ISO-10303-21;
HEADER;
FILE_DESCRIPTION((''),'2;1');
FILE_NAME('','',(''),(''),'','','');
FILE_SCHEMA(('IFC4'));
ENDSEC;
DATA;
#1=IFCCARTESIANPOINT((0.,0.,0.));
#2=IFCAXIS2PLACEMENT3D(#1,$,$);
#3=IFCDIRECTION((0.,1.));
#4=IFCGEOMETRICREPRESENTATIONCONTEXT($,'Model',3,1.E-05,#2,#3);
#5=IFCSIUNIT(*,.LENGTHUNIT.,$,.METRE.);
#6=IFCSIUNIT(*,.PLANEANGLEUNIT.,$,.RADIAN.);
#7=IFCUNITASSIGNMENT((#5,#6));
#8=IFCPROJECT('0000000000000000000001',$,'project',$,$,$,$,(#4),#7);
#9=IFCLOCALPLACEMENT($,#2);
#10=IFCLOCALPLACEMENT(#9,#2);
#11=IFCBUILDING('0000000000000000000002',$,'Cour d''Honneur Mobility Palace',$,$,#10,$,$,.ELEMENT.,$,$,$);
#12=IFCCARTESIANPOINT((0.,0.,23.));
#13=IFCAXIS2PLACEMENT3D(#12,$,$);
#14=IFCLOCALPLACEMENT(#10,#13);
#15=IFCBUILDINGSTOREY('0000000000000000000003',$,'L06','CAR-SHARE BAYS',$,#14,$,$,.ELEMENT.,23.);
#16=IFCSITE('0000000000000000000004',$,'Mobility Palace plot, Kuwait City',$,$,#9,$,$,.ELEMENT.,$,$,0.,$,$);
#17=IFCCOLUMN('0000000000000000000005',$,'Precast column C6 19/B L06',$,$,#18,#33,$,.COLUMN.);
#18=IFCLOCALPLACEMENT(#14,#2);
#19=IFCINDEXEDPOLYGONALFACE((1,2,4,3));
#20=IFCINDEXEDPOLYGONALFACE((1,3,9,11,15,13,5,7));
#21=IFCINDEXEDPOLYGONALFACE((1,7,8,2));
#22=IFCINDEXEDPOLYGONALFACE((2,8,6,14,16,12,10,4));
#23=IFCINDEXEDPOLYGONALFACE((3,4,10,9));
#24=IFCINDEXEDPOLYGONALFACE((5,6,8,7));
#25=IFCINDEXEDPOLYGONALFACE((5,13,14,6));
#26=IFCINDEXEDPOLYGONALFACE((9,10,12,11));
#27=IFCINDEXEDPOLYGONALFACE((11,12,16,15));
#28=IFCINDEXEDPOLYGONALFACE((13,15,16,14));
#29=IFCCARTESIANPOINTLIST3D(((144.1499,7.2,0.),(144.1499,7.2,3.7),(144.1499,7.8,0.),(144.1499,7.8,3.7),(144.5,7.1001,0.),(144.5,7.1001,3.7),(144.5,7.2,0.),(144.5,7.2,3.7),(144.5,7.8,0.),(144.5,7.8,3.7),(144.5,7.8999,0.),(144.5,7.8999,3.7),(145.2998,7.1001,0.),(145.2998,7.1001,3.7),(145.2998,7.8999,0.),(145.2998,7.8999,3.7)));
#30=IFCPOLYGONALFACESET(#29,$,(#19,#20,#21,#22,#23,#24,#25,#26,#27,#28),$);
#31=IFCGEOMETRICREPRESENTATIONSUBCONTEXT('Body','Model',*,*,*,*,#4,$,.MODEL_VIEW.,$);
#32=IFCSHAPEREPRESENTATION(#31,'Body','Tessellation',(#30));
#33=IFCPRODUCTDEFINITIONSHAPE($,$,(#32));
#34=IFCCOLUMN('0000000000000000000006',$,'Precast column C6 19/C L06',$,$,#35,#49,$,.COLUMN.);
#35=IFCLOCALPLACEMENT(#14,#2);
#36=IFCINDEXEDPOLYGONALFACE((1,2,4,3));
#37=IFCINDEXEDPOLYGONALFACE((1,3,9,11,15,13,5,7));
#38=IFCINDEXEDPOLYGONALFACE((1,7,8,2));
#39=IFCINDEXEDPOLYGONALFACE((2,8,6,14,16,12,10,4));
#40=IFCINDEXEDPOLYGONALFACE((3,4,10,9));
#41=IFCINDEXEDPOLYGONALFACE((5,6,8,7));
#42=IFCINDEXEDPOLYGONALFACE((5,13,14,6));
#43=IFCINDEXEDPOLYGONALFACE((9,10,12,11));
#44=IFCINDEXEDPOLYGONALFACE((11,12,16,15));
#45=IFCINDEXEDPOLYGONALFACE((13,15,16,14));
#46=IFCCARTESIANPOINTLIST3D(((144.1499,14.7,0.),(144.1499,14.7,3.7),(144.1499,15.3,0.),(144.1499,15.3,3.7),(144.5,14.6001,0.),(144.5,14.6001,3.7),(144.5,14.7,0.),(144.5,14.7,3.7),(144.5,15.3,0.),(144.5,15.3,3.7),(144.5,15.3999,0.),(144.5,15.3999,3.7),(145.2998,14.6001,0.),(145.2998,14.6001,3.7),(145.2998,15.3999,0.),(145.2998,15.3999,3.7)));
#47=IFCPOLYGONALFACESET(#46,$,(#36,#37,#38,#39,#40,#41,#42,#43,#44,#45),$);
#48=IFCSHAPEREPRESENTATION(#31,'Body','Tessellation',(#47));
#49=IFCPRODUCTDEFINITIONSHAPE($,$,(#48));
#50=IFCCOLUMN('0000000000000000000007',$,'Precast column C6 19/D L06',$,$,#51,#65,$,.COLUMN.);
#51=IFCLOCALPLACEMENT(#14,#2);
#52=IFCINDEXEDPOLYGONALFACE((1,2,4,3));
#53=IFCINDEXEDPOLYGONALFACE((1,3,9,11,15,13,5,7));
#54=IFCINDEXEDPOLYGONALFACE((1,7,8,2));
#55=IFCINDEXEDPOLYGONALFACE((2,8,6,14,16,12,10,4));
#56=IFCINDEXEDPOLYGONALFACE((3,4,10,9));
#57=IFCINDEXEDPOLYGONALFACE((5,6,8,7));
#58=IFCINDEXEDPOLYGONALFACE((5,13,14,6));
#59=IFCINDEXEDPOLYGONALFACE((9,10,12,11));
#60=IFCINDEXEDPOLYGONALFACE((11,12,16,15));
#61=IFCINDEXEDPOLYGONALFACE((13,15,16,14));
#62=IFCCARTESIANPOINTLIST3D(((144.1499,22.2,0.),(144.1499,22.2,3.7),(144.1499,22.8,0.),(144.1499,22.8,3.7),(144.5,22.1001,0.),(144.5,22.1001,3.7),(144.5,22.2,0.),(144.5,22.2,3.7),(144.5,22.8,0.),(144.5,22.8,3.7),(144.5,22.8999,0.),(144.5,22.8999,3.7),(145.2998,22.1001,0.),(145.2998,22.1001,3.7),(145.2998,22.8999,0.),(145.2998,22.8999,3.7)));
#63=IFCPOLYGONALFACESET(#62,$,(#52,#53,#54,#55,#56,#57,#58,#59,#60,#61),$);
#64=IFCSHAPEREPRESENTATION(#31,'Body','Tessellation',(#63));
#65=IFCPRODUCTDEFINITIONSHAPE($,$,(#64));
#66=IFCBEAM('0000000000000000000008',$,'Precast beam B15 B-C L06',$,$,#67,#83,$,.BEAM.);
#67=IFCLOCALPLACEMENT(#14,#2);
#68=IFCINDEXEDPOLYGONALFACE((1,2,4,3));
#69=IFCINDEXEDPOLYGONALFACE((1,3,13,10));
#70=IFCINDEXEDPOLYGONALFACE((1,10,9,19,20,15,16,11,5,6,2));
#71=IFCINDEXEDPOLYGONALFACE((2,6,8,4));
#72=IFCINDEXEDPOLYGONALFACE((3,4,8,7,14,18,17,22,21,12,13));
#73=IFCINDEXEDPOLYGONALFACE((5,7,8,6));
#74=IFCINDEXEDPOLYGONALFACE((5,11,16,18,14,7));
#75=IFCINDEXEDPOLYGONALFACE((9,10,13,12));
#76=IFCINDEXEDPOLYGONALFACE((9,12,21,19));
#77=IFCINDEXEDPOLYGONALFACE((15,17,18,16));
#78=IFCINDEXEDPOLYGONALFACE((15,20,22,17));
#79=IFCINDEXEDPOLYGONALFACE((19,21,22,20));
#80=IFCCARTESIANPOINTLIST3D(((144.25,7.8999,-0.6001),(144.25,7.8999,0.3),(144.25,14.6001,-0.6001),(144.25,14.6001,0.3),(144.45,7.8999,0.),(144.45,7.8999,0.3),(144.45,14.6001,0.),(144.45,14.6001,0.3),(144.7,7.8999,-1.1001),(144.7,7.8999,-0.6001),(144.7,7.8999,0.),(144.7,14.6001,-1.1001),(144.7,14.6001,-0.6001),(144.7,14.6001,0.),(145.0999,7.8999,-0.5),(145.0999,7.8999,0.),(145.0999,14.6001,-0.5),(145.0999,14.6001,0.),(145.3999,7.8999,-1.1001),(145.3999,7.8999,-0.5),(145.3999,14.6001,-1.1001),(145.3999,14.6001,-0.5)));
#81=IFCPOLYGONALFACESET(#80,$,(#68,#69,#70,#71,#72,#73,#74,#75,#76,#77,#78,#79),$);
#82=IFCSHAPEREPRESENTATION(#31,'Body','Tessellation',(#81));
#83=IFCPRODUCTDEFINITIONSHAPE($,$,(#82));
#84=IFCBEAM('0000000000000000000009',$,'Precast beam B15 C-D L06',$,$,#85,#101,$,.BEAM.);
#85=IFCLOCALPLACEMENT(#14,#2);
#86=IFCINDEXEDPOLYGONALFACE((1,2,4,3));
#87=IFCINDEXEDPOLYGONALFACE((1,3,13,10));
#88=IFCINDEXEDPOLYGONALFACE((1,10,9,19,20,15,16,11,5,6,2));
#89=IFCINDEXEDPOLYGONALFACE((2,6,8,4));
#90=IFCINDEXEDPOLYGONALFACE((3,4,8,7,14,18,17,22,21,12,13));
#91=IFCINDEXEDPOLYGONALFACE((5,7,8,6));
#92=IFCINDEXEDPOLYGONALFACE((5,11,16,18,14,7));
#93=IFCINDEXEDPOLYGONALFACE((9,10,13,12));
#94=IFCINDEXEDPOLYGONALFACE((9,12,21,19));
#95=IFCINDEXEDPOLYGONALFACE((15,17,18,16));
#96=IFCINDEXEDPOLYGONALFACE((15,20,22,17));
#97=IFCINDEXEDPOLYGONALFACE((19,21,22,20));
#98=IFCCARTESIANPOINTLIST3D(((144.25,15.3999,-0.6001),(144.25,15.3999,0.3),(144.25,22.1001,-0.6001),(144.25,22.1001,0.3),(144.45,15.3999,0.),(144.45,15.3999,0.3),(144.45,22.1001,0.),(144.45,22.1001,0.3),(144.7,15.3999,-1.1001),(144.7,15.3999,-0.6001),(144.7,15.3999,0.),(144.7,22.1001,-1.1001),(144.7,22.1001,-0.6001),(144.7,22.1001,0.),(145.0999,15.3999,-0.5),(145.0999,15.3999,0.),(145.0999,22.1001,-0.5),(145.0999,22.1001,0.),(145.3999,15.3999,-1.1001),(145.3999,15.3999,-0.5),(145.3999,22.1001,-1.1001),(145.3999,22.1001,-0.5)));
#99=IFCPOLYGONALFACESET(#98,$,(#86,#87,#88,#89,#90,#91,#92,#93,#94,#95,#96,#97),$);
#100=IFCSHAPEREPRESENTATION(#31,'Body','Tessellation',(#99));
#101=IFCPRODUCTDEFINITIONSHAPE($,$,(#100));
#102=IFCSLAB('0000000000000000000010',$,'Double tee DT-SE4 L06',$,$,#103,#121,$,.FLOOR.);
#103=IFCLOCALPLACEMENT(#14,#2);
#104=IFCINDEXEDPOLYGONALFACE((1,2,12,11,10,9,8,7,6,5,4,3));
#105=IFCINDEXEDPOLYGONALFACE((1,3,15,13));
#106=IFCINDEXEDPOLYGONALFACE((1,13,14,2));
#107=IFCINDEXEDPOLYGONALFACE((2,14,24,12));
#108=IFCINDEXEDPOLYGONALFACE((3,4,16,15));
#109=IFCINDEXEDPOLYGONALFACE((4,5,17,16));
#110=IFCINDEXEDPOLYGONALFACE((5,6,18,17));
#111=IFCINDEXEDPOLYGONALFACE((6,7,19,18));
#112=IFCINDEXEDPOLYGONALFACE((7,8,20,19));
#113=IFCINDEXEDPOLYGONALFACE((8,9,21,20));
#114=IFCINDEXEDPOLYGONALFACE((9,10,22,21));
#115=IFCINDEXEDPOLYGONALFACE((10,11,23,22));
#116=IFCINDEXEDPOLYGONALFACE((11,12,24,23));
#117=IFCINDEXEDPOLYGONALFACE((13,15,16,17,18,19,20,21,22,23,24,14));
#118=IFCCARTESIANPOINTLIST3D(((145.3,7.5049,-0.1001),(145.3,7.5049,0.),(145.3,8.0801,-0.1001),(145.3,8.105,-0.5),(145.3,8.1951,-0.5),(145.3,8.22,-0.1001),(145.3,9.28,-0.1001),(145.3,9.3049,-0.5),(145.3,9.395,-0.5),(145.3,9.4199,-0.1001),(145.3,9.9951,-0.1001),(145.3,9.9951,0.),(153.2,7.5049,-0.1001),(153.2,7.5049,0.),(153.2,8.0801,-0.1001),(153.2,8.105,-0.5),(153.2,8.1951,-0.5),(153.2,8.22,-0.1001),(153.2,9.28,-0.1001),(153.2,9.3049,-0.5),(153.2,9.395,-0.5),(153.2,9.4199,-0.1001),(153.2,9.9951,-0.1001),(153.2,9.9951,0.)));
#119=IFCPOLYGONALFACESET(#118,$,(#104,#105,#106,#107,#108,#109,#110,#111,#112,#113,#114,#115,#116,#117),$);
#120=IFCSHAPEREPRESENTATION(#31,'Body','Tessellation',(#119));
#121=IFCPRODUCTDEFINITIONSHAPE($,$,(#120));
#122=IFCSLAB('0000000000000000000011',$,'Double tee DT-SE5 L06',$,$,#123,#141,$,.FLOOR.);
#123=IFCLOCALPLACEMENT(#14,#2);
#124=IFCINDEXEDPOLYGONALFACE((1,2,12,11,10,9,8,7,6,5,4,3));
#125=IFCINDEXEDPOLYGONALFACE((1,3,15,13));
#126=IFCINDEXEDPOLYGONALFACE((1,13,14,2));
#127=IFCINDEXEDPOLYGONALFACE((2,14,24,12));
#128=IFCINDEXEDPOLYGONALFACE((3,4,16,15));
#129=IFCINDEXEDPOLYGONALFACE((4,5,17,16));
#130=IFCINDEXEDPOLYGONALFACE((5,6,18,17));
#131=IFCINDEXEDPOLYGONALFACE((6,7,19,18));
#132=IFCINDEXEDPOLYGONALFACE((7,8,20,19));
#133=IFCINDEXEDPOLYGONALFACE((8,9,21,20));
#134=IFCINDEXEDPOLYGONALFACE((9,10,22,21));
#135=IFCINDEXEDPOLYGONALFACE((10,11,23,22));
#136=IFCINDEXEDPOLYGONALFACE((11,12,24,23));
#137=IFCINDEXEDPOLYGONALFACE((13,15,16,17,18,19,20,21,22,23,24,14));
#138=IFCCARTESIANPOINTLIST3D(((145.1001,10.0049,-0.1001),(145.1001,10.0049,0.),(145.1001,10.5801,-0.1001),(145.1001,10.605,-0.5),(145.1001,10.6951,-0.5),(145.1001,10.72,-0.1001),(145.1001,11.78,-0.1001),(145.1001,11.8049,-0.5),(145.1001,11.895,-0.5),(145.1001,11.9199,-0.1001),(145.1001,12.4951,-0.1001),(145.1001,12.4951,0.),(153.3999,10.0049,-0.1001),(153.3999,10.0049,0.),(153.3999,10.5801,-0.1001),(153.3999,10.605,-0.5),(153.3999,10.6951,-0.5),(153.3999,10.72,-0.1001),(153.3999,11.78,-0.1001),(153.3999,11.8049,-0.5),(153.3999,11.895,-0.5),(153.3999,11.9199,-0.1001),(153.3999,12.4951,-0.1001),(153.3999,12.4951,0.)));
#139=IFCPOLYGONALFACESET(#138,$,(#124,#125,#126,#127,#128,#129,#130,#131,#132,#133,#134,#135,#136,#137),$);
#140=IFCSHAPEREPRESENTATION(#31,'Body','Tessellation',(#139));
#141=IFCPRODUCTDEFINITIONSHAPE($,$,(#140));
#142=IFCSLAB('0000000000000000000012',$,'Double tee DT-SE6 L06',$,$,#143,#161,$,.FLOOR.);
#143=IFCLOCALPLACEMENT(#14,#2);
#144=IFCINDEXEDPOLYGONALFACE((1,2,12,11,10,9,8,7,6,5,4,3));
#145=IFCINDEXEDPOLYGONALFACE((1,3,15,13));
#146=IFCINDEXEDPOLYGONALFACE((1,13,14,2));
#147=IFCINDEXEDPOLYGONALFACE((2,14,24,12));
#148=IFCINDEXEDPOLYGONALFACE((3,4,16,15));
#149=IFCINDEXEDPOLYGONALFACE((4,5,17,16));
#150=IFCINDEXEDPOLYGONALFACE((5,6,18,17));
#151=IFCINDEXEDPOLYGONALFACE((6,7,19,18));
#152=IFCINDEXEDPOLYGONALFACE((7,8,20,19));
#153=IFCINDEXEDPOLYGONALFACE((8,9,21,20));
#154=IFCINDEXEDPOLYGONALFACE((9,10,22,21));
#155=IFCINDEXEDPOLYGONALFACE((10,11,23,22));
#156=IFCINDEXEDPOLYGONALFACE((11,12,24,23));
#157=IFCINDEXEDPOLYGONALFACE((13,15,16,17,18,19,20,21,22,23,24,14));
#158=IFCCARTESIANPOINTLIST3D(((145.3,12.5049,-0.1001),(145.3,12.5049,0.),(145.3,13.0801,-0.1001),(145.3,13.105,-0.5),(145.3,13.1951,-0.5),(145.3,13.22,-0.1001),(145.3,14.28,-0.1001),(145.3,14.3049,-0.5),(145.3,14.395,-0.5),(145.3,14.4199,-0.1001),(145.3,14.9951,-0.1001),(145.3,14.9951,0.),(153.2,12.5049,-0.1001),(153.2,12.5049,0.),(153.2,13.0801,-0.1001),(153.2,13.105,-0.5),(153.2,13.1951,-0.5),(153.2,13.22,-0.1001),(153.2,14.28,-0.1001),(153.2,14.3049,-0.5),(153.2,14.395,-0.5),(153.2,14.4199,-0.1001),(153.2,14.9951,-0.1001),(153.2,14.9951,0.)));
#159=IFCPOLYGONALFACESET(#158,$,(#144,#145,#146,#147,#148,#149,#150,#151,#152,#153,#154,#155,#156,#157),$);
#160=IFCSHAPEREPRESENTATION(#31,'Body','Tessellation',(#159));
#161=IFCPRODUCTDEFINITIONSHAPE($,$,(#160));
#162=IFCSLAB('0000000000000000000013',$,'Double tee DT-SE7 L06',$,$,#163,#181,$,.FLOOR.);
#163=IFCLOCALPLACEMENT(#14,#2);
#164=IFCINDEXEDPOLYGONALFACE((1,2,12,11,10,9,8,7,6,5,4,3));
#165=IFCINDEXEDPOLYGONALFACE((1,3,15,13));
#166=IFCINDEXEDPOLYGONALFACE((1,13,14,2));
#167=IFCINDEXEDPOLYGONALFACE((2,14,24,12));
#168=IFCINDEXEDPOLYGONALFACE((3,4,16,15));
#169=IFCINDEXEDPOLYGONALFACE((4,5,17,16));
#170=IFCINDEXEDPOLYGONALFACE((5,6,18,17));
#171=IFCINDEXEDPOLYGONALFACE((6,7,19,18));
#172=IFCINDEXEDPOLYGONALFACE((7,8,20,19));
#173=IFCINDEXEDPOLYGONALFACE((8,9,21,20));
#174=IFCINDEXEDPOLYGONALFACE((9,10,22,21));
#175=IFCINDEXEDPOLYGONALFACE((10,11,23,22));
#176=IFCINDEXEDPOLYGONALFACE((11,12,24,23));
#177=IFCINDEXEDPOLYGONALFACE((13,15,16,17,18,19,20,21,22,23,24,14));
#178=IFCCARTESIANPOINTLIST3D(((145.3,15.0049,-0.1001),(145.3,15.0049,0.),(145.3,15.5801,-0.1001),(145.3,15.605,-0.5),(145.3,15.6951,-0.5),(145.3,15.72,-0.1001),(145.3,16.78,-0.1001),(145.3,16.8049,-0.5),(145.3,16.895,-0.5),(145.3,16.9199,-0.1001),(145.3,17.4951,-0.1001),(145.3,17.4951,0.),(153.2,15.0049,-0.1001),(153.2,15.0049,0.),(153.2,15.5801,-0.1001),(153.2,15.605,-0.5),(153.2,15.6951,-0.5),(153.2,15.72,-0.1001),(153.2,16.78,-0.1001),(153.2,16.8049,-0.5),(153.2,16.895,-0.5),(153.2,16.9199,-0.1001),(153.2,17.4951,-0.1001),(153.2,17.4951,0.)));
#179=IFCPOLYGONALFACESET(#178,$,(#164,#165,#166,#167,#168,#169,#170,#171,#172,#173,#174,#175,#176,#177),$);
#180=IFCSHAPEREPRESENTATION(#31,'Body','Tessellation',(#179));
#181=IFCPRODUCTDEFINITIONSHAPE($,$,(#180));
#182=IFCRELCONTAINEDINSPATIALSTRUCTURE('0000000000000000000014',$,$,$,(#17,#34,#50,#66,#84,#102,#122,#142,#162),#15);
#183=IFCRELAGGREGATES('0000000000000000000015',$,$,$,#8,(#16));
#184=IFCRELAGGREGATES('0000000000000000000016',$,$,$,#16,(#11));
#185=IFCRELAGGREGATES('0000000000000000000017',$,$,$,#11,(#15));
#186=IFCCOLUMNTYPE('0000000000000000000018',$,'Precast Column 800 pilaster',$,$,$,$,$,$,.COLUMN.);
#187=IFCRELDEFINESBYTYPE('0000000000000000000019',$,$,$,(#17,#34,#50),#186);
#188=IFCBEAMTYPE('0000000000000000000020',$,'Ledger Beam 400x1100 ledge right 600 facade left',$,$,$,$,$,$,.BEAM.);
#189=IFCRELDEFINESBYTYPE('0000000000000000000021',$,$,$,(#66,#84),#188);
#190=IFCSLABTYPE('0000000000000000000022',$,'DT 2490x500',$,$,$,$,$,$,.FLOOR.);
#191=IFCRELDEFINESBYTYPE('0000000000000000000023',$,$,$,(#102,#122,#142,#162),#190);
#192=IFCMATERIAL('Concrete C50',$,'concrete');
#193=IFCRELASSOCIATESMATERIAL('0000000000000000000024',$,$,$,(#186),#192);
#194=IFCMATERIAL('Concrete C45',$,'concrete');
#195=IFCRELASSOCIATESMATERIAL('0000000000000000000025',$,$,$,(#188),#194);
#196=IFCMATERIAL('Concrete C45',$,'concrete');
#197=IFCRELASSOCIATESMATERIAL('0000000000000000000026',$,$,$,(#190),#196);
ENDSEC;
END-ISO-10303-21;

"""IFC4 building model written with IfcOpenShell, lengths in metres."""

from ifc_helpers import new_model, si_unit, direction, frame, origin, place, context, subcontext, project, spatial, polyline, outline, extrude, material, material_profile, profile_set, type_object, element, save


model = new_model("IFC4")

# Units and contexts
model_context = context("Model", 3, precision=1e-05, world=origin(), true_north=direction((0.0, 1.0)))
body_context = subcontext(model_context, "Body", "Model", "MODEL_VIEW")
ifc_project = project(units=[si_unit("LENGTHUNIT", "METRE"), si_unit("PLANEANGLEUNIT", "RADIAN")], contexts=[model_context])

# Site, building, storey
site_placement = place(None, origin())
site = spatial("IfcSite", under=ifc_project, at=site_placement, Name="Mobility Palace plot, Kuwait City", CompositionType="ELEMENT", RefElevation=0.0)
building_placement = place(site_placement, origin())
building = spatial("IfcBuilding", under=site, at=building_placement, Name="Cour d'Honneur Mobility Palace", CompositionType="ELEMENT")
storey_placement = place(building_placement, frame((0.0, 0.0, 23.0)))
storey = spatial("IfcBuildingStorey", under=building, at=storey_placement, Name="L06", Description="CAR-SHARE BAYS", CompositionType="ELEMENT", Elevation=23.0)

# Columns
ifc_material_1 = material(Name="Concrete C50", Category="concrete")
ifc_material_profile_1 = material_profile(ifc_material_1, outline(polyline([(-0.3999, -0.3999), (0.3999, -0.3999), (0.3999, -0.3), (0.75, -0.3), (0.75, 0.3), (0.3999, 0.3), (0.3999, 0.3999), (-0.3999, 0.3999), (-0.3999, -0.3999)])), Name="PC C800 pilaster")
ifc_profile_set_1 = profile_set([ifc_material_profile_1], Name="Concrete C50")
column_type = type_object("IfcColumnType", Name="Precast Column 800 pilaster", PredefinedType="COLUMN", material=ifc_profile_set_1)
for number, where, z_axis, x_axis, name in (
    (1, (144.8999, 7.5, 0.0), (0.0, 0.0, 1.0), (-1.0, 0.0, 0.0), "Precast column C6 19/B L06"),
    (2, (144.8999, 15.0, 0.0), (0.0, 0.0, 1.0), (-1.0, 0.0, 0.0), "Precast column C6 19/C L06"),
    (3, (144.8999, 22.5, 0.0), (0.0, 0.0, 1.0), (-1.0, 0.0, 0.0), "Precast column C6 19/D L06"),
):
    element("IfcColumn", number, at=place(storey_placement, frame(where, z_axis=z_axis, x_axis=x_axis)), inside=storey, type_object=column_type, Name=name, PredefinedType="COLUMN", context=body_context, shape_type="SweptSolid", body=[
        extrude(outline(polyline([(-0.3999, -0.3999), (0.3999, -0.3999), (0.3999, -0.3), (0.75, -0.3), (0.75, 0.3), (0.3999, 0.3), (0.3999, 0.3999), (-0.3999, 0.3999), (-0.3999, -0.3999)])), origin(), (0.0, 0.0, 1.0), 3.7),
    ])

# Beams
ifc_material_2 = material(Name="Concrete C45", Category="concrete")
ifc_material_profile_2 = material_profile(ifc_material_2, outline(polyline([(0.2, -1.1001), (0.2, -0.6001), (0.6499, -0.6001), (0.6499, 0.3), (0.45, 0.3), (0.45, 0.0), (0.2, 0.0), (-0.2, 0.0), (-0.2, -0.5), (-0.5, -0.5), (-0.5, -1.1001), (0.2, -1.1001)])), Name="Ledger Beam 400x1100 ledge right 600 facade left")
ifc_profile_set_2 = profile_set([ifc_material_profile_2], Name="Concrete C45")
beam_type = type_object("IfcBeamType", Name="Ledger Beam 400x1100 ledge right 600 facade left", PredefinedType="BEAM", material=ifc_profile_set_2)
for number, where, z_axis, x_axis, name in (
    (4, (144.8999, 7.8999, 0.0), (0.0, 1.0, 0.0), (-1.0, 0.0, 0.0), "Precast beam B15 B-C L06"),
    (5, (144.8999, 15.3999, 0.0), (0.0, 1.0, 0.0), (-1.0, 0.0, 0.0), "Precast beam B15 C-D L06"),
):
    element("IfcBeam", number, at=place(storey_placement, frame(where, z_axis=z_axis, x_axis=x_axis)), inside=storey, type_object=beam_type, Name=name, PredefinedType="BEAM", context=body_context, shape_type="SweptSolid", body=[
        extrude(outline(polyline([(0.2, -1.1001), (0.2, -0.6001), (0.6499, -0.6001), (0.6499, 0.3), (0.45, 0.3), (0.45, 0.0), (0.2, 0.0), (-0.2, 0.0), (-0.2, -0.5), (-0.5, -0.5), (-0.5, -1.1001), (0.2, -1.1001)])), origin(), (0.0, 0.0, 1.0), 6.7002),
    ])

# Slabs
ifc_material_3 = material(Name="Concrete C45", Category="concrete")
ifc_material_profile_3 = material_profile(ifc_material_3, outline(polyline([(-1.2451, 0.0), (1.2451, 0.0), (1.2451, -0.1001), (0.6699, -0.1001), (0.645, -0.5), (0.5549, -0.5), (0.53, -0.1001), (-0.53, -0.1001), (-0.5549, -0.5), (-0.645, -0.5), (-0.6699, -0.1001), (-1.2451, -0.1001), (-1.2451, 0.0)])), Name="DT 2490x500")
ifc_profile_set_3 = profile_set([ifc_material_profile_3], Name="Concrete C45")
slab_type = type_object("IfcSlabType", Name="DT 2490x500", PredefinedType="FLOOR", material=ifc_profile_set_3)
slab_1_placement = place(storey_placement, frame((145.3, 8.75, 0.0), z_axis=(1.0, 0.0, 0.0), x_axis=(0.0, 1.0, 0.0)))
element("IfcSlab", 6, at=slab_1_placement, inside=storey, type_object=slab_type, Name="Double tee DT-SE4 L06", PredefinedType="FLOOR", context=body_context, shape_type="SweptSolid", body=[
    extrude(outline(polyline([(-1.2451, 0.0), (1.2451, 0.0), (1.2451, -0.1001), (0.6699, -0.1001), (0.645, -0.5), (0.5549, -0.5), (0.53, -0.1001), (-0.53, -0.1001), (-0.5549, -0.5), (-0.645, -0.5), (-0.6699, -0.1001), (-1.2451, -0.1001), (-1.2451, 0.0)])), origin(), (0.0, 0.0, 1.0), 7.8999),
])
slab_2_placement = place(storey_placement, frame((145.1001, 11.25, 0.0), z_axis=(1.0, 0.0, 0.0), x_axis=(0.0, 1.0, 0.0)))
element("IfcSlab", 7, at=slab_2_placement, inside=storey, type_object=slab_type, Name="Double tee DT-SE5 L06", PredefinedType="FLOOR", context=body_context, shape_type="SweptSolid", body=[
    extrude(outline(polyline([(-1.2451, 0.0), (1.2451, 0.0), (1.2451, -0.1001), (0.6699, -0.1001), (0.645, -0.5), (0.5549, -0.5), (0.53, -0.1001), (-0.53, -0.1001), (-0.5549, -0.5), (-0.645, -0.5), (-0.6699, -0.1001), (-1.2451, -0.1001), (-1.2451, 0.0)])), origin(), (0.0, 0.0, 1.0), 8.2998),
])
for number, where, z_axis, x_axis, name in (
    (8, (145.3, 13.75, 0.0), (1.0, 0.0, 0.0), (0.0, 1.0, 0.0), "Double tee DT-SE6 L06"),
    (9, (145.3, 16.25, 0.0), (1.0, 0.0, 0.0), (0.0, 1.0, 0.0), "Double tee DT-SE7 L06"),
):
    element("IfcSlab", number, at=place(storey_placement, frame(where, z_axis=z_axis, x_axis=x_axis)), inside=storey, type_object=slab_type, Name=name, PredefinedType="FLOOR", context=body_context, shape_type="SweptSolid", body=[
        extrude(outline(polyline([(-1.2451, 0.0), (1.2451, 0.0), (1.2451, -0.1001), (0.6699, -0.1001), (0.645, -0.5), (0.5549, -0.5), (0.53, -0.1001), (-0.53, -0.1001), (-0.5549, -0.5), (-0.645, -0.5), (-0.6699, -0.1001), (-1.2451, -0.1001), (-1.2451, 0.0)])), origin(), (0.0, 0.0, 1.0), 7.8999),
    ])

save(model, "model.ifc")
